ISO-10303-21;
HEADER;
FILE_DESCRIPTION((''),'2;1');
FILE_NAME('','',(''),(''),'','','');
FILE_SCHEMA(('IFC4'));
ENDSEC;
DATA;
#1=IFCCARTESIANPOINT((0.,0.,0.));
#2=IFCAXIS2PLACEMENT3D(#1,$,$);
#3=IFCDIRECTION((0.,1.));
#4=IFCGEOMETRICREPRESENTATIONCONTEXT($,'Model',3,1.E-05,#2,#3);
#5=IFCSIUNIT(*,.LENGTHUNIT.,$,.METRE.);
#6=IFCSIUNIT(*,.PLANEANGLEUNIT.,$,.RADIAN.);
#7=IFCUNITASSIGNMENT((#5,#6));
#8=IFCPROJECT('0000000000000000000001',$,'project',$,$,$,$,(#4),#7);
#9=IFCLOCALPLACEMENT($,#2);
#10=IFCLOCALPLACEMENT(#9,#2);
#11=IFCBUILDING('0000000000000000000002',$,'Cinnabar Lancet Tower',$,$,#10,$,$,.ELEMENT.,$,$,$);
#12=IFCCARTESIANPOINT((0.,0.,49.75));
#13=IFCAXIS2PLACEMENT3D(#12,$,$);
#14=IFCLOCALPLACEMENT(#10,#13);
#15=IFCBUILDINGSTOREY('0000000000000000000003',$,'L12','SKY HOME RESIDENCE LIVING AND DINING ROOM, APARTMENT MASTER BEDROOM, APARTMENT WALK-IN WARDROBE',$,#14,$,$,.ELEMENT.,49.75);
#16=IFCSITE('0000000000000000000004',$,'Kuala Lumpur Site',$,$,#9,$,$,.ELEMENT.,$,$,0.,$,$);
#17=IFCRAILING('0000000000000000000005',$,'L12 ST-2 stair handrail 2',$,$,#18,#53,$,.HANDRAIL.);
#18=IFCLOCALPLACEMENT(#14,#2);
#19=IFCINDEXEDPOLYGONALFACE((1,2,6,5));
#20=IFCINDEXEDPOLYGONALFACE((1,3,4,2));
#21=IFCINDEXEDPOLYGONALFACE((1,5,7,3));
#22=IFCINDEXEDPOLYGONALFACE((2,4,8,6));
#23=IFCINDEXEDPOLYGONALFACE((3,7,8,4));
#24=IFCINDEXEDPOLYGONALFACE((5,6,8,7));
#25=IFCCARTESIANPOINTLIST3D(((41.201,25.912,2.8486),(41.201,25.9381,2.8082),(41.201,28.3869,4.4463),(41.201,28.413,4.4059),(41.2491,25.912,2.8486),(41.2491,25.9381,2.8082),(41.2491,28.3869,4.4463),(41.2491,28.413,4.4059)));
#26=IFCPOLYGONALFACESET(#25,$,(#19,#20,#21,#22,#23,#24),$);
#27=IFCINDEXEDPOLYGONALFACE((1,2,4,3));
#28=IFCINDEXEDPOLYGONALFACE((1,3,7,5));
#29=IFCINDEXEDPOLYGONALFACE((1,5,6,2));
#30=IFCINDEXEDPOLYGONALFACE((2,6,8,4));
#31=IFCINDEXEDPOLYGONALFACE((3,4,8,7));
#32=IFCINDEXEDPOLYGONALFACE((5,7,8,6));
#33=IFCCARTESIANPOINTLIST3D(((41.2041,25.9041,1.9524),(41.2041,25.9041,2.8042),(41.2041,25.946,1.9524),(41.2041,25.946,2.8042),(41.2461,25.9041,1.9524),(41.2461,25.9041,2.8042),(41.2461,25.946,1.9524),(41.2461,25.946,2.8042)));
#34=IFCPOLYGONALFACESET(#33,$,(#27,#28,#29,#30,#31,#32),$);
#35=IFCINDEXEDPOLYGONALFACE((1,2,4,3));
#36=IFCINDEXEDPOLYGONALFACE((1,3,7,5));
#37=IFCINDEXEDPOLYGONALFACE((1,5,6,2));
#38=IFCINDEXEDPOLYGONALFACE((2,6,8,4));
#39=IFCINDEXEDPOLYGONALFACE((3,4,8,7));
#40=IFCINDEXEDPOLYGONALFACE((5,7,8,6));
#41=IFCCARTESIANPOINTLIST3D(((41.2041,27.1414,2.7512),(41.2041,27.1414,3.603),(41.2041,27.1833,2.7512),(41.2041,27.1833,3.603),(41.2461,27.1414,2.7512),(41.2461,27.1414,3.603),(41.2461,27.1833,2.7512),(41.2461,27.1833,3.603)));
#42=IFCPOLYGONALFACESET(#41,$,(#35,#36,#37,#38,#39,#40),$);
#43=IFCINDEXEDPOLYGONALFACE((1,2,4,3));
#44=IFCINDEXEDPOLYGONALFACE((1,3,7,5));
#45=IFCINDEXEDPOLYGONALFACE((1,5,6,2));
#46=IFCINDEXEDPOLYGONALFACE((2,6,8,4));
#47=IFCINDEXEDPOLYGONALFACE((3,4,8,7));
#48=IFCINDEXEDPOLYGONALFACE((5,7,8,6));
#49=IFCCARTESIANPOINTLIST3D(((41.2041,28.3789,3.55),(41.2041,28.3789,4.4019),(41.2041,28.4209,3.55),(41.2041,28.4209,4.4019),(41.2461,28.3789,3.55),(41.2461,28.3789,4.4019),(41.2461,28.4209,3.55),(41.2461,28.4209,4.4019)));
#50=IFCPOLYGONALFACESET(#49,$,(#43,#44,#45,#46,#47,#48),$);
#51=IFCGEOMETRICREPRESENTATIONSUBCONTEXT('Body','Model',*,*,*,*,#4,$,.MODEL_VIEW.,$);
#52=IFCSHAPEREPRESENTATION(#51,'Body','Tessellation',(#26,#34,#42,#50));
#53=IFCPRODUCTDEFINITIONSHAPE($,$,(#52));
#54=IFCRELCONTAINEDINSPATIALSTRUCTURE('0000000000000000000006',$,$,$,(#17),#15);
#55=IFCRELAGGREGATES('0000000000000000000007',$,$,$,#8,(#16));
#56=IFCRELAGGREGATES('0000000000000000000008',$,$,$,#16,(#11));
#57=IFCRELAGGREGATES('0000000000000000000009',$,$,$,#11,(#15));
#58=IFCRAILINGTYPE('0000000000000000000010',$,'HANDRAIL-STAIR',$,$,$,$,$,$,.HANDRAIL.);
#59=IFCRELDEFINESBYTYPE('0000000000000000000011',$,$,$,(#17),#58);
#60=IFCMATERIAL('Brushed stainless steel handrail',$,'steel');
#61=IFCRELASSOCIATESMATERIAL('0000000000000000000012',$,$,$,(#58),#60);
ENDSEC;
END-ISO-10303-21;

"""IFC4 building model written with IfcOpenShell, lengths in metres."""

from ifc_helpers import new_model, si_unit, direction, frame, origin, origin_2d, place, context, subcontext, project, spatial, rectangle, extrude, material, type_object, element, save


model = new_model("IFC4")

# Units and contexts
model_context = context("Model", 3, precision=1e-05, world=origin(), true_north=direction((0.0, 1.0)))
body_context = subcontext(model_context, "Body", "Model", "MODEL_VIEW")
ifc_project = project(units=[si_unit("LENGTHUNIT", "METRE"), si_unit("PLANEANGLEUNIT", "RADIAN")], contexts=[model_context])

# Site, building, storey
site_placement = place(None, origin())
site = spatial("IfcSite", under=ifc_project, at=site_placement, Name="Kuala Lumpur Site", CompositionType="ELEMENT", RefElevation=0.0)
building_placement = place(site_placement, origin())
building = spatial("IfcBuilding", under=site, at=building_placement, Name="Cinnabar Lancet Tower", CompositionType="ELEMENT")
storey_placement = place(building_placement, frame((0.0, 0.0, 49.75)))
storey = spatial("IfcBuildingStorey", under=building, at=storey_placement, Name="L12", Description="SKY HOME RESIDENCE LIVING AND DINING ROOM, APARTMENT MASTER BEDROOM, APARTMENT WALK-IN WARDROBE", CompositionType="ELEMENT", Elevation=49.75)

# Railing
ifc_material_1 = material(Name="Brushed stainless steel handrail", Category="steel")
railing_type_1 = type_object("IfcRailingType", Name="HANDRAIL-STAIR", PredefinedType="HANDRAIL", material=ifc_material_1)
railing_1_placement = place(storey_placement, frame((41.2251, 25.925, 1.9524)))
element("IfcRailing", 1, at=railing_1_placement, inside=storey, type_object=railing_type_1, Name="L12 ST-2 stair handrail 2", PredefinedType="HANDRAIL", context=body_context, shape_type="SweptSolid", body=[
    extrude(rectangle(XDim=0.0481, YDim=0.0481, at=origin_2d()), frame((0.0, 0.0, 0.876), z_axis=(0.0, 0.840146, 0.542361), x_axis=(-1.0, 0.0, 0.0)), (0.0, 0.0, 1.0), 2.9458),
    extrude(rectangle(XDim=0.042, YDim=0.042, at=origin_2d()), origin(), (0.0, 0.0, 1.0), 0.8518),
    extrude(rectangle(XDim=0.042, YDim=0.042, at=origin_2d()), frame((0.0, 1.2373, 0.7988)), (0.0, 0.0, 1.0), 0.8518),
    extrude(rectangle(XDim=0.042, YDim=0.042, at=origin_2d()), frame((0.0, 2.4749, 1.5977)), (0.0, 0.0, 1.0), 0.8518),
])

save(model, "model.ifc")
